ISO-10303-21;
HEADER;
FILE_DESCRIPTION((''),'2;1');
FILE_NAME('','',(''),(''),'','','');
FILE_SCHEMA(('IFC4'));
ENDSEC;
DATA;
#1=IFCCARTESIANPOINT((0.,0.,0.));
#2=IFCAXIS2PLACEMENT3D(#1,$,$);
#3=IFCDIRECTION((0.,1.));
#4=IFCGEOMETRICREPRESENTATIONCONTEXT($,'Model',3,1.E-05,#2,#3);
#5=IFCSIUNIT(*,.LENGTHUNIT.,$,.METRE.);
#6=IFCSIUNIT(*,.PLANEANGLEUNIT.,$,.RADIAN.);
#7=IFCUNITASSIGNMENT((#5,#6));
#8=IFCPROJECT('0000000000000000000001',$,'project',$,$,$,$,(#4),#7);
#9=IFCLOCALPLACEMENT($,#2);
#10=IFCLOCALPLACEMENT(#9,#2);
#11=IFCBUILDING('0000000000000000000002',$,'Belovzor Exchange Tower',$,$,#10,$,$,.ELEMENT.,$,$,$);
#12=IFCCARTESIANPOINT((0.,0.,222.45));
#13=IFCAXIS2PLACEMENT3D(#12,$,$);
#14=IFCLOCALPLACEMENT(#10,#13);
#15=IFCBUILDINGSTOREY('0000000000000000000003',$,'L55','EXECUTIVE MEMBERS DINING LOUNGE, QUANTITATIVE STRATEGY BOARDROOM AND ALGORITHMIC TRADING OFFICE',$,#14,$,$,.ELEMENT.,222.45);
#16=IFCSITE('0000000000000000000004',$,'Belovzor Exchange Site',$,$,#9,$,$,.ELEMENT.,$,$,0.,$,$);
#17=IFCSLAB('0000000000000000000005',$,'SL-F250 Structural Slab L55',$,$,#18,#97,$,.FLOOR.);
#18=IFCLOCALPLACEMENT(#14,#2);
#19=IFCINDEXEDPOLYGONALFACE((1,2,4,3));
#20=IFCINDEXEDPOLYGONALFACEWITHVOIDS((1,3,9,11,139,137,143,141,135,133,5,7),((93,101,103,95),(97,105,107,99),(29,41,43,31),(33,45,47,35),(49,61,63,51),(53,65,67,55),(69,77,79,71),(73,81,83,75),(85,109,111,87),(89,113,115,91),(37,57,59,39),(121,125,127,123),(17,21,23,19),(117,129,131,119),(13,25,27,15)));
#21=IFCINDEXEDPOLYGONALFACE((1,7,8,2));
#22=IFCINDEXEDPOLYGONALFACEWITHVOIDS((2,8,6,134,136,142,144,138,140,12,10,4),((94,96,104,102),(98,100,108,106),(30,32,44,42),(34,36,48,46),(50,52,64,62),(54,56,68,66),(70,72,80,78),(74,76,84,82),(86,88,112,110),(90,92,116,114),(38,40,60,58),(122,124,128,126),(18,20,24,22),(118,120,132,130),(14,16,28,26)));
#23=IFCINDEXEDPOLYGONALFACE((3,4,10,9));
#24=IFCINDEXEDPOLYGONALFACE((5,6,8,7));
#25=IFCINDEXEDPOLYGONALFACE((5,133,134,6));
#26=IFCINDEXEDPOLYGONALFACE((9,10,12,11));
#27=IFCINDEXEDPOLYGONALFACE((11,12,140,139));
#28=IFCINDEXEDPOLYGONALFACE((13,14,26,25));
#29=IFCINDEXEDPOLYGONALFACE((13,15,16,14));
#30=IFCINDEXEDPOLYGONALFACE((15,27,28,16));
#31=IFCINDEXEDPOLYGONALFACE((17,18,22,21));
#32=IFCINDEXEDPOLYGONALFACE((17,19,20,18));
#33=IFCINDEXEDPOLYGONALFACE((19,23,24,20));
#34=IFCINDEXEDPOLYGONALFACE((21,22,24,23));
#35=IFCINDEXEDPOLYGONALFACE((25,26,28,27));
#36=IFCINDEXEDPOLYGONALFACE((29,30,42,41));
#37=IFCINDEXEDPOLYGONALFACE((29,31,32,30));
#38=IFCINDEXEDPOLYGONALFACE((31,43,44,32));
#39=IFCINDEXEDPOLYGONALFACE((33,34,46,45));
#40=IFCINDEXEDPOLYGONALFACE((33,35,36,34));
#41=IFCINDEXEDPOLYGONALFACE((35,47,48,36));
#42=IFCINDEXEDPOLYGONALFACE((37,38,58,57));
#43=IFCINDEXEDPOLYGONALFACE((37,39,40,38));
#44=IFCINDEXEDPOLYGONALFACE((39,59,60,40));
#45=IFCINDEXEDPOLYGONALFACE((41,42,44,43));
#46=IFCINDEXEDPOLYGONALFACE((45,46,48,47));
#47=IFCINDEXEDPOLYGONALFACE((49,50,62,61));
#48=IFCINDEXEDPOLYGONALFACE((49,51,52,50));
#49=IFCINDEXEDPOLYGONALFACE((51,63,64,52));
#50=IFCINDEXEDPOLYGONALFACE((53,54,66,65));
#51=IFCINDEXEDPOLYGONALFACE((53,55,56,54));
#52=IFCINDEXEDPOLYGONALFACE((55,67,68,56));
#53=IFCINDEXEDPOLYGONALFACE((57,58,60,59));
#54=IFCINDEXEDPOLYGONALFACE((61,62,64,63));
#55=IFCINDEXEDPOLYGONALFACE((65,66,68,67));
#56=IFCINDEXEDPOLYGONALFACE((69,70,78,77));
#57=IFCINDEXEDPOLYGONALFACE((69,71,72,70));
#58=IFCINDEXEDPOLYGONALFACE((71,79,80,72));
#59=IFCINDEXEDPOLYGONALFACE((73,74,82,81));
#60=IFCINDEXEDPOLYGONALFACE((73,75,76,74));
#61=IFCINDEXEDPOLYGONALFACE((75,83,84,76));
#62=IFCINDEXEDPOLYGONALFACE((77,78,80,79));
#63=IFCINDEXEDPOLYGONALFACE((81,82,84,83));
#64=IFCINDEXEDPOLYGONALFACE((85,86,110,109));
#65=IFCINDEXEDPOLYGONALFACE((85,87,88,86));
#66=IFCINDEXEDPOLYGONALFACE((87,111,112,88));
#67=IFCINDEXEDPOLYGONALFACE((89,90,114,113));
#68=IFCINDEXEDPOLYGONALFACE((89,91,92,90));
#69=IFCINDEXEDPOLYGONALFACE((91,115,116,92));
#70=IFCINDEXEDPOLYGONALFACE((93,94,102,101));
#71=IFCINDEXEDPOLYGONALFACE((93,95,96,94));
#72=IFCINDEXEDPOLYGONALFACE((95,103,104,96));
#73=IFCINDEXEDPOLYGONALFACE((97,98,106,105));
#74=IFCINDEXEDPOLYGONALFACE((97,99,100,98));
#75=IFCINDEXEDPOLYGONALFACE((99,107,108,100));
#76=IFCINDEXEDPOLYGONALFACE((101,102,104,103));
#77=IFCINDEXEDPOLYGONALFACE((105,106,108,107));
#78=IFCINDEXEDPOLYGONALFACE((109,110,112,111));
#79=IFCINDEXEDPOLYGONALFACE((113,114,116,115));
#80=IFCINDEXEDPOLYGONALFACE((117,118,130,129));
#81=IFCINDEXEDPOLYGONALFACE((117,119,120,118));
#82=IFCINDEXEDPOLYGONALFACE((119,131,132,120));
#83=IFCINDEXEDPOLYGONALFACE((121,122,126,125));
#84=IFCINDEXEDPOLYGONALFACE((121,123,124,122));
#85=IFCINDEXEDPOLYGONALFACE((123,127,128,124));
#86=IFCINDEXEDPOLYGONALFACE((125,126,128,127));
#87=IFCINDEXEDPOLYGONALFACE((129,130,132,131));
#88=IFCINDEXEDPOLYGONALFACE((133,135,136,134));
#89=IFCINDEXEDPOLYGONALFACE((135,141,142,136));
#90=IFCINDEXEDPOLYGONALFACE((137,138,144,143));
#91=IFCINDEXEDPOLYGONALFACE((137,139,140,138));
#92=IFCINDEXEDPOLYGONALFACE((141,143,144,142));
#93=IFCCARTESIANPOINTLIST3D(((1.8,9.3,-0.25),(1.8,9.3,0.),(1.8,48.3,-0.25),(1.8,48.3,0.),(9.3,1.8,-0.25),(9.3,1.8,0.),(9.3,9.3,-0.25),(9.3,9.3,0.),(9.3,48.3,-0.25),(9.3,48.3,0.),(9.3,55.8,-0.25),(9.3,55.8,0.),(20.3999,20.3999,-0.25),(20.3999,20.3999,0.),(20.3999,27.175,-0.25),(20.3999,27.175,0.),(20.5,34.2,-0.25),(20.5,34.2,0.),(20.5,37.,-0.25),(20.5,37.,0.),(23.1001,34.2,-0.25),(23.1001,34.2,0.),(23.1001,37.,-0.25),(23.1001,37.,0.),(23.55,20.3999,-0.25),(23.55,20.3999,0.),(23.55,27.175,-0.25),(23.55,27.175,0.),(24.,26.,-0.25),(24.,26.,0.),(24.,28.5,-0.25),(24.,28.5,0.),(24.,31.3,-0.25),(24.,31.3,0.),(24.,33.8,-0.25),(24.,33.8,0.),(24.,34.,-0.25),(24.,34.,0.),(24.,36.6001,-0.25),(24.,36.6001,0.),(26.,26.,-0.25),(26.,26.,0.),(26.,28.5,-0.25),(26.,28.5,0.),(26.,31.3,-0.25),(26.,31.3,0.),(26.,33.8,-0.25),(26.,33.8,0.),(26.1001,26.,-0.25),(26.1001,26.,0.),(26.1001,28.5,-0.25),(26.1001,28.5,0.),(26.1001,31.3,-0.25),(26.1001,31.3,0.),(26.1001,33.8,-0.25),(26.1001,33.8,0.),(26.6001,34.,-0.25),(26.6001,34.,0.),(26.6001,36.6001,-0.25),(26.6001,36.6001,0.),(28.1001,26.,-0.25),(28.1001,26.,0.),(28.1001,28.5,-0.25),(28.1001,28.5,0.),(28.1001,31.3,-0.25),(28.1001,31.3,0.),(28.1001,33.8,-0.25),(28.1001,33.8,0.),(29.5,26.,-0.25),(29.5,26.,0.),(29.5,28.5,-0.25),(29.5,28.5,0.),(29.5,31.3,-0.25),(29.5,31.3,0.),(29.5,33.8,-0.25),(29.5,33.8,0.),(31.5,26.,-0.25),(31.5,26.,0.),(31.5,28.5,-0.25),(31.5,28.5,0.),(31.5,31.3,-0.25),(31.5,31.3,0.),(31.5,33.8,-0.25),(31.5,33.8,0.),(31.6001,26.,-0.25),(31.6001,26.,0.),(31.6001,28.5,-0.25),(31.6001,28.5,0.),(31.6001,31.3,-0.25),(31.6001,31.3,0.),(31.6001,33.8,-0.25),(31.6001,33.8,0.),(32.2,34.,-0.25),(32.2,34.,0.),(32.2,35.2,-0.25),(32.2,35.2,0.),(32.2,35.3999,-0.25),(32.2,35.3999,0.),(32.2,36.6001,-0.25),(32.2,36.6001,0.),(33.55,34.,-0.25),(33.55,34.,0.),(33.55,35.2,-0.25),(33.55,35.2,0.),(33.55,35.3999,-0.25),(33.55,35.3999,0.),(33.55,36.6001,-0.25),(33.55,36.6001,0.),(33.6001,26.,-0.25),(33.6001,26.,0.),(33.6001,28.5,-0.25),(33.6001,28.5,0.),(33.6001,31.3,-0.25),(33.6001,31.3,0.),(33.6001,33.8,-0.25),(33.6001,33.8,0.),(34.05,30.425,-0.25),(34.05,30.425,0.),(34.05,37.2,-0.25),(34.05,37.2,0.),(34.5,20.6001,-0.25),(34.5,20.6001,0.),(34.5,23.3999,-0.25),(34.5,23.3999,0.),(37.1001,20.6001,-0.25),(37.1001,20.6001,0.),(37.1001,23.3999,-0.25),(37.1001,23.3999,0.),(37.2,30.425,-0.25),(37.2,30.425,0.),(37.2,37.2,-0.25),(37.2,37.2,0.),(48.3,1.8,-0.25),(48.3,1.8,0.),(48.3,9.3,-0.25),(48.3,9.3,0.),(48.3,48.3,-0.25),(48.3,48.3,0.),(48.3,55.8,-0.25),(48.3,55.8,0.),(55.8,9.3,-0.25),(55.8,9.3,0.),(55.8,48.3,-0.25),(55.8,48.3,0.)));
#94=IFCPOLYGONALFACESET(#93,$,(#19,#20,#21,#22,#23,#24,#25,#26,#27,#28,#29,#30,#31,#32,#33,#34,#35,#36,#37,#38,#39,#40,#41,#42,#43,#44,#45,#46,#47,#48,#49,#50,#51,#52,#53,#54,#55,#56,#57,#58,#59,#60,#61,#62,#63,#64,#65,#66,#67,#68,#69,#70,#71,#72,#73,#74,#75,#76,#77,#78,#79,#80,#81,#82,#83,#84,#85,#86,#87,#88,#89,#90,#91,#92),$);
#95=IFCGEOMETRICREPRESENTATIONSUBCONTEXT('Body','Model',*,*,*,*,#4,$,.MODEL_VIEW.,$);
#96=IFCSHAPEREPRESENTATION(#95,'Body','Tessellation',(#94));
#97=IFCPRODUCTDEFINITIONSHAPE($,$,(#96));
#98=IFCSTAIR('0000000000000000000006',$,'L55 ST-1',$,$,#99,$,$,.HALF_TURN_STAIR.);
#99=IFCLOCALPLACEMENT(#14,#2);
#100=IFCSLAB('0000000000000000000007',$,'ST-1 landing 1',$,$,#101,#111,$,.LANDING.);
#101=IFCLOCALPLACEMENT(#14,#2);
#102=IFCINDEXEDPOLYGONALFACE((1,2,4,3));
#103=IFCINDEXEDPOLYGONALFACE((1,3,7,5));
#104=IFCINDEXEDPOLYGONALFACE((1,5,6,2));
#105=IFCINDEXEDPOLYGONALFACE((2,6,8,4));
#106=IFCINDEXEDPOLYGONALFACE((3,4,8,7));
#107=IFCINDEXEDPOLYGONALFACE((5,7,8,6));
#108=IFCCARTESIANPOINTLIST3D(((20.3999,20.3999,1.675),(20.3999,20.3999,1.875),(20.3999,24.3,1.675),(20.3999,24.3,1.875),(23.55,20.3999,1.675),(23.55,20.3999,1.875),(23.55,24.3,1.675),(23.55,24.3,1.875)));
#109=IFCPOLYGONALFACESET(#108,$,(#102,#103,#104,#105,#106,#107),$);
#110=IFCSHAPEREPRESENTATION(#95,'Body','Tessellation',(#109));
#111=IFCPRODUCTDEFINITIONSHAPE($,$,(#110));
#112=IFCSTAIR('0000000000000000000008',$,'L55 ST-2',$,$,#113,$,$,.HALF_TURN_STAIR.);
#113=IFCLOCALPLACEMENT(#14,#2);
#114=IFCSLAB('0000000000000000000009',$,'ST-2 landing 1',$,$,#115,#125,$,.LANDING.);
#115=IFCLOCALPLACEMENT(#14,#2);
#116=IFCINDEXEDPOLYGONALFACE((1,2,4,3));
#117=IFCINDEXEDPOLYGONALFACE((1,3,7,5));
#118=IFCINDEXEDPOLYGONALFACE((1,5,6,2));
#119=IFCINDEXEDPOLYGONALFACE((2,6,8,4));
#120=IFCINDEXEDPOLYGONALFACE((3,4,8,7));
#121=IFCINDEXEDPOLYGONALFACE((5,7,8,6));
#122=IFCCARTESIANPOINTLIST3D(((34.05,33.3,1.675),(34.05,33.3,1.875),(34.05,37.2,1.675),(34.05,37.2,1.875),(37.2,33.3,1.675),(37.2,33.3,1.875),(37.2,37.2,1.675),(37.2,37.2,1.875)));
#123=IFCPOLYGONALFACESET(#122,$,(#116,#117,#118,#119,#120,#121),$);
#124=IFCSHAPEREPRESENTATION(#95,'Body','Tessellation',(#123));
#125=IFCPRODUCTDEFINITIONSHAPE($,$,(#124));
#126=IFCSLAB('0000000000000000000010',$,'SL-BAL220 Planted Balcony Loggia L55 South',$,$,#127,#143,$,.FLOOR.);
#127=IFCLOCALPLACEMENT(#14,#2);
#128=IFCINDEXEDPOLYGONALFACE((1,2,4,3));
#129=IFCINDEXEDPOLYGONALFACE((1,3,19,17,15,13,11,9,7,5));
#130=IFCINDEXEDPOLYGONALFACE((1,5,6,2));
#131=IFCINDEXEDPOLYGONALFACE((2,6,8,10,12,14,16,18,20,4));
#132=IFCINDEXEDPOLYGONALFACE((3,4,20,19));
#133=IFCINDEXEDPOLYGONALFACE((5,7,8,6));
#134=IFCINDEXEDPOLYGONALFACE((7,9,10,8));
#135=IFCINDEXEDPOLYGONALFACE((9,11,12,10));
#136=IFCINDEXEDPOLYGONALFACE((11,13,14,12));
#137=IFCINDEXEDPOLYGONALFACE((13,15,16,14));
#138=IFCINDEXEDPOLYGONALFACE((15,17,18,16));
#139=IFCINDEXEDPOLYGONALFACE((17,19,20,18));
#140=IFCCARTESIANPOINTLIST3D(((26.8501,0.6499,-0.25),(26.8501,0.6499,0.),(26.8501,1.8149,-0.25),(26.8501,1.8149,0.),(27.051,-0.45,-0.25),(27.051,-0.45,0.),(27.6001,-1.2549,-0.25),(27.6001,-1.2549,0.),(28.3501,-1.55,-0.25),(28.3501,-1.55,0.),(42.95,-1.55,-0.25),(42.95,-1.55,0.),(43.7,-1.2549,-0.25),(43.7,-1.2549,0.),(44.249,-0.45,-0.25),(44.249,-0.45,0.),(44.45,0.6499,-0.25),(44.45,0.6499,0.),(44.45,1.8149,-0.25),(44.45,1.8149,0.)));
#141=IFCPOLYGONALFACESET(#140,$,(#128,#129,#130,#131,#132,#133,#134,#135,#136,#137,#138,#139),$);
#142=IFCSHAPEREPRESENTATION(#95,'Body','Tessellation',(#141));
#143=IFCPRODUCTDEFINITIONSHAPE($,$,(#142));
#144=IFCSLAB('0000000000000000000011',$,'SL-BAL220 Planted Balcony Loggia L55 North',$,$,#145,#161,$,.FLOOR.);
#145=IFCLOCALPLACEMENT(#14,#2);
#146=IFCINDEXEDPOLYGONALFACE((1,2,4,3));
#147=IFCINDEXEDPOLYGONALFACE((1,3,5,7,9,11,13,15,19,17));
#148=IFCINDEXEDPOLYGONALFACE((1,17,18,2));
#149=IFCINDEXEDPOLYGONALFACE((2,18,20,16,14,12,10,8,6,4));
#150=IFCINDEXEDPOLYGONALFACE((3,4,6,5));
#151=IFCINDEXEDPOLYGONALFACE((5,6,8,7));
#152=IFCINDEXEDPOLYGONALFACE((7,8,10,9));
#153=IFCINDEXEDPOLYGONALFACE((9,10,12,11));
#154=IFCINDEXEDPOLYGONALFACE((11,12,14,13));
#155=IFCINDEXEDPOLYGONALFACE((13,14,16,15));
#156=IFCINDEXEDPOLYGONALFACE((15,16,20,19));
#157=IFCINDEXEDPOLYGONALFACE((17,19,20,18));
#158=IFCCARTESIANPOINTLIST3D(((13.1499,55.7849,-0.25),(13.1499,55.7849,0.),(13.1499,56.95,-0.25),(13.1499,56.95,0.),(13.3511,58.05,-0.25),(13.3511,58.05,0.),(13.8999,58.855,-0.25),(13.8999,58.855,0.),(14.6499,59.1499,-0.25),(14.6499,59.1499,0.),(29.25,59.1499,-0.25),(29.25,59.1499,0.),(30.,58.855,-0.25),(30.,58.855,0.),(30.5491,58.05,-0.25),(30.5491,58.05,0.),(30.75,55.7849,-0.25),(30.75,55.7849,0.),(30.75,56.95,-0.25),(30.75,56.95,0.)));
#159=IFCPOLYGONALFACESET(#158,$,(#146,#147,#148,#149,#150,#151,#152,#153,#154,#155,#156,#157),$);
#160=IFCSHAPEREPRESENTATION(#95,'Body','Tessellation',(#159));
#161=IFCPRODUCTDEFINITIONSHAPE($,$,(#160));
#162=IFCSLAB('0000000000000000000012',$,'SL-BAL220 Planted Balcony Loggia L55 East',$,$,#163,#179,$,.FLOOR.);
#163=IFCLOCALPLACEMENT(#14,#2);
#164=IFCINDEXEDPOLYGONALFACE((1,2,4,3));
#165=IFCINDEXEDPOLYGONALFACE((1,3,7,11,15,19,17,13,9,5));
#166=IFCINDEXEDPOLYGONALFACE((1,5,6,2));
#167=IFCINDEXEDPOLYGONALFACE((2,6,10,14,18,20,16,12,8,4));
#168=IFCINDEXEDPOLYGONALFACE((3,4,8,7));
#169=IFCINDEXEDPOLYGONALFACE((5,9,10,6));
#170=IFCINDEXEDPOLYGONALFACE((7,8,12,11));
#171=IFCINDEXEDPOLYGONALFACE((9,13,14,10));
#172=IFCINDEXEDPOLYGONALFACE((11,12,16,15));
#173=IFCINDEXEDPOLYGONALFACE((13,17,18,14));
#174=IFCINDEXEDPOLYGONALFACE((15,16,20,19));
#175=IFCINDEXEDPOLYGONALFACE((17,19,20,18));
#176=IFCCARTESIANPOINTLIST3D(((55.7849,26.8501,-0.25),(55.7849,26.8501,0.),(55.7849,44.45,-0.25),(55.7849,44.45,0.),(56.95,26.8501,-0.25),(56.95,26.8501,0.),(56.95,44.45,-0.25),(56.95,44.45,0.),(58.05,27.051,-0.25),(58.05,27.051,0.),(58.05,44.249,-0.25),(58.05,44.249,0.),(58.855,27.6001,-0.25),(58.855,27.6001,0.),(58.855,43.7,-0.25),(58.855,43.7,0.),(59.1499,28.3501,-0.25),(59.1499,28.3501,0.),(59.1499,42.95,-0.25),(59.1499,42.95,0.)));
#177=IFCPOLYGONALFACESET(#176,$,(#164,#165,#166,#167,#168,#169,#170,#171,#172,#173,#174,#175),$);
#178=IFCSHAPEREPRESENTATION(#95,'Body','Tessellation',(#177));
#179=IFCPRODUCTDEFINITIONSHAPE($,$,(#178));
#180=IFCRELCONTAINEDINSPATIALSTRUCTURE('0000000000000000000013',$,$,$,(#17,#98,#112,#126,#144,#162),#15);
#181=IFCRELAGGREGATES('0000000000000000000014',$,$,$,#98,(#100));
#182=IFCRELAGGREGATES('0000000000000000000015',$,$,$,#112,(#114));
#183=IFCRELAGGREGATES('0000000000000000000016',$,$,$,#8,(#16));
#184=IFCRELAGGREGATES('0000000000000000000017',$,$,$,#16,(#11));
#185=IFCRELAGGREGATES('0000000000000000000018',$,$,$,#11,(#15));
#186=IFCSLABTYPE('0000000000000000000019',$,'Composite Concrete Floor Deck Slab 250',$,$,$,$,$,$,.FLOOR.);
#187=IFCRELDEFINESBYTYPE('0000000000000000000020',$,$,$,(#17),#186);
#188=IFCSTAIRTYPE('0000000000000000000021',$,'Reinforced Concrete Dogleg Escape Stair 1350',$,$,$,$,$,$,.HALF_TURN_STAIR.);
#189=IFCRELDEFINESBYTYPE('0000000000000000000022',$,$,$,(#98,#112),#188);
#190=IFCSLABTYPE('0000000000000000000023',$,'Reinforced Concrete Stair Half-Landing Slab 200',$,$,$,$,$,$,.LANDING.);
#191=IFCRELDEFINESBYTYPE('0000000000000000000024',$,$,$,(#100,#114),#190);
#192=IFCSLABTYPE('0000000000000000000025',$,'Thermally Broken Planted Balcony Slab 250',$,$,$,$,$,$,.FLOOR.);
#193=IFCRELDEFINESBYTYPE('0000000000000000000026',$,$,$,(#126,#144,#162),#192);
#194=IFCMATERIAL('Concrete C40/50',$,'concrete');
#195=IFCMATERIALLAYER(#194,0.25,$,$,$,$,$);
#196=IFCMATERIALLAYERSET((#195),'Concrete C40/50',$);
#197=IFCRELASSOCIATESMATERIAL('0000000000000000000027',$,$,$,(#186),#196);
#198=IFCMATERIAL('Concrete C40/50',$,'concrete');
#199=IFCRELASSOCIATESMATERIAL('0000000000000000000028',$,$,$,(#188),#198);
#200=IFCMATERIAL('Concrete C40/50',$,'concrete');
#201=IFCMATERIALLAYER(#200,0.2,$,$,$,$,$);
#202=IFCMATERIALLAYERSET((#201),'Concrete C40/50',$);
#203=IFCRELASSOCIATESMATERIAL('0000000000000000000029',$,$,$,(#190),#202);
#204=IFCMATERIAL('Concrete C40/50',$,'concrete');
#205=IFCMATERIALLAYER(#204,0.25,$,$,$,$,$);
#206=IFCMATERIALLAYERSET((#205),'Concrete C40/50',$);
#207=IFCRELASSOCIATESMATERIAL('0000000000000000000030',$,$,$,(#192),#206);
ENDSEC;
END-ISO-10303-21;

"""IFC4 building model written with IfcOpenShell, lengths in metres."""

from ifc_helpers import new_model, si_unit, direction, frame, origin, place, context, subcontext, project, spatial, polyline, outline, extrude, material, layer, layer_set, type_object, element, aggregate, save


model = new_model("IFC4")

# Units and contexts
model_context = context("Model", 3, precision=1e-05, world=origin(), true_north=direction((0.0, 1.0)))
body_context = subcontext(model_context, "Body", "Model", "MODEL_VIEW")
ifc_project = project(units=[si_unit("LENGTHUNIT", "METRE"), si_unit("PLANEANGLEUNIT", "RADIAN")], contexts=[model_context])

# Site, building, storey
site_placement = place(None, origin())
site = spatial("IfcSite", under=ifc_project, at=site_placement, Name="Belovzor Exchange Site", CompositionType="ELEMENT", RefElevation=0.0)
building_placement = place(site_placement, origin())
building = spatial("IfcBuilding", under=site, at=building_placement, Name="Belovzor Exchange Tower", CompositionType="ELEMENT")
storey_placement = place(building_placement, frame((0.0, 0.0, 222.45)))
storey = spatial("IfcBuildingStorey", under=building, at=storey_placement, Name="L55", Description="EXECUTIVE MEMBERS DINING LOUNGE, QUANTITATIVE STRATEGY BOARDROOM AND ALGORITHMIC TRADING OFFICE", CompositionType="ELEMENT", Elevation=222.45)

# Slab
ifc_material_1 = material(Name="Concrete C40/50", Category="concrete")
ifc_layer_1 = layer(ifc_material_1, 0.25)
ifc_layer_set_1 = layer_set([ifc_layer_1], Name="Concrete C40/50")
slab_type_1 = type_object("IfcSlabType", Name="Composite Concrete Floor Deck Slab 250", PredefinedType="FLOOR", material=ifc_layer_set_1)
slab_1_placement = place(storey_placement, frame((0.0, 0.0, -0.25)))
element("IfcSlab", 1, at=slab_1_placement, inside=storey, type_object=slab_type_1, Name="SL-F250 Structural Slab L55", PredefinedType="FLOOR", context=body_context, shape_type="SweptSolid", body=[
    extrude(outline(polyline([(9.3, 1.8), (48.3, 1.8), (48.3, 9.3), (55.8, 9.3), (55.8, 48.3), (48.3, 48.3), (48.3, 55.8), (9.3, 55.8), (9.3, 48.3), (1.8, 48.3), (1.8, 9.3), (9.3, 9.3), (9.3, 1.8)]), holes=[polyline([(20.3999, 27.175), (20.3999, 20.3999), (23.55, 20.3999), (23.55, 27.175), (20.3999, 27.175)]), polyline([(37.2, 30.425), (37.2, 37.2), (34.05, 37.2), (34.05, 30.425), (37.2, 30.425)]), polyline([(20.5, 34.2), (23.1001, 34.2), (23.1001, 37.0), (20.5, 37.0), (20.5, 34.2)]), polyline([(34.5, 20.6001), (37.1001, 20.6001), (37.1001, 23.3999), (34.5, 23.3999), (34.5, 20.6001)]), polyline([(24.0, 34.0), (26.6001, 34.0), (26.6001, 36.6001), (24.0, 36.6001), (24.0, 34.0)]), polyline([(24.0, 26.0), (26.0, 26.0), (26.0, 28.5), (24.0, 28.5), (24.0, 26.0)]), polyline([(26.1001, 26.0), (28.1001, 26.0), (28.1001, 28.5), (26.1001, 28.5), (26.1001, 26.0)]), polyline([(29.5, 26.0), (31.5, 26.0), (31.5, 28.5), (29.5, 28.5), (29.5, 26.0)]), polyline([(31.6001, 26.0), (33.6001, 26.0), (33.6001, 28.5), (31.6001, 28.5), (31.6001, 26.0)]), polyline([(24.0, 31.3), (26.0, 31.3), (26.0, 33.8), (24.0, 33.8), (24.0, 31.3)]), polyline([(26.1001, 31.3), (28.1001, 31.3), (28.1001, 33.8), (26.1001, 33.8), (26.1001, 31.3)]), polyline([(29.5, 31.3), (31.5, 31.3), (31.5, 33.8), (29.5, 33.8), (29.5, 31.3)]), polyline([(31.6001, 31.3), (33.6001, 31.3), (33.6001, 33.8), (31.6001, 33.8), (31.6001, 31.3)]), polyline([(32.2, 34.0), (33.55, 34.0), (33.55, 35.2), (32.2, 35.2), (32.2, 34.0)]), polyline([(32.2, 35.3999), (33.55, 35.3999), (33.55, 36.6001), (32.2, 36.6001), (32.2, 35.3999)])]), origin(), (0.0, 0.0, 1.0), 0.25),
])

# Stairs, slabs
ifc_material_2 = material(Name="Concrete C40/50", Category="concrete")
stair_type = type_object("IfcStairType", Name="Reinforced Concrete Dogleg Escape Stair 1350", PredefinedType="HALF_TURN_STAIR", material=ifc_material_2)
stair_1_placement = place(storey_placement, origin())
stair_1 = element("IfcStair", 2, at=stair_1_placement, inside=storey, type_object=stair_type, Name="L55 ST-1", PredefinedType="HALF_TURN_STAIR")
ifc_material_3 = material(Name="Concrete C40/50", Category="concrete")
ifc_layer_2 = layer(ifc_material_3, 0.2)
ifc_layer_set_2 = layer_set([ifc_layer_2], Name="Concrete C40/50")
slab_type_2 = type_object("IfcSlabType", Name="Reinforced Concrete Stair Half-Landing Slab 200", PredefinedType="LANDING", material=ifc_layer_set_2)
slab_2_placement = place(storey_placement, frame((0.0, 0.0, 1.675)))
slab_2 = element("IfcSlab", 3, at=slab_2_placement, type_object=slab_type_2, Name="ST-1 landing 1", PredefinedType="LANDING", context=body_context, shape_type="SweptSolid", body=[
    extrude(outline(polyline([(20.3999, 24.3), (20.3999, 20.3999), (23.55, 20.3999), (23.55, 24.3), (20.3999, 24.3)])), origin(), (0.0, 0.0, 1.0), 0.2),
])
aggregate(stair_1, [slab_2])
stair_2_placement = place(storey_placement, origin())
stair_2 = element("IfcStair", 4, at=stair_2_placement, inside=storey, type_object=stair_type, Name="L55 ST-2", PredefinedType="HALF_TURN_STAIR")
slab_3_placement = place(storey_placement, frame((0.0, 0.0, 1.675)))
slab_3 = element("IfcSlab", 5, at=slab_3_placement, type_object=slab_type_2, Name="ST-2 landing 1", PredefinedType="LANDING", context=body_context, shape_type="SweptSolid", body=[
    extrude(outline(polyline([(37.2, 33.3), (37.2, 37.2), (34.05, 37.2), (34.05, 33.3), (37.2, 33.3)])), origin(), (0.0, 0.0, 1.0), 0.2),
])
aggregate(stair_2, [slab_3])

# Slabs
ifc_material_4 = material(Name="Concrete C40/50", Category="concrete")
ifc_layer_3 = layer(ifc_material_4, 0.25)
ifc_layer_set_3 = layer_set([ifc_layer_3], Name="Concrete C40/50")
slab_type_3 = type_object("IfcSlabType", Name="Thermally Broken Planted Balcony Slab 250", PredefinedType="FLOOR", material=ifc_layer_set_3)
slab_4_placement = place(storey_placement, frame((0.0, 0.0, -0.25)))
element("IfcSlab", 6, at=slab_4_placement, inside=storey, type_object=slab_type_3, Name="SL-BAL220 Planted Balcony Loggia L55 South", PredefinedType="FLOOR", context=body_context, shape_type="SweptSolid", body=[
    extrude(outline(polyline([(26.8501, 1.8149), (26.8501, 0.6499), (27.051, -0.45), (27.6001, -1.2549), (28.3501, -1.55), (42.95, -1.55), (43.7, -1.2549), (44.249, -0.45), (44.45, 0.6499), (44.45, 1.8149), (26.8501, 1.8149)])), origin(), (0.0, 0.0, 1.0), 0.25),
])
slab_5_placement = place(storey_placement, frame((0.0, 0.0, -0.25)))
element("IfcSlab", 7, at=slab_5_placement, inside=storey, type_object=slab_type_3, Name="SL-BAL220 Planted Balcony Loggia L55 North", PredefinedType="FLOOR", context=body_context, shape_type="SweptSolid", body=[
    extrude(outline(polyline([(30.75, 55.7849), (30.75, 56.95), (30.5491, 58.05), (30.0, 58.855), (29.25, 59.1499), (14.6499, 59.1499), (13.8999, 58.855), (13.3511, 58.05), (13.1499, 56.95), (13.1499, 55.7849), (30.75, 55.7849)])), origin(), (0.0, 0.0, 1.0), 0.25),
])
slab_6_placement = place(storey_placement, frame((0.0, 0.0, -0.25)))
element("IfcSlab", 8, at=slab_6_placement, inside=storey, type_object=slab_type_3, Name="SL-BAL220 Planted Balcony Loggia L55 East", PredefinedType="FLOOR", context=body_context, shape_type="SweptSolid", body=[
    extrude(outline(polyline([(55.7849, 26.8501), (56.95, 26.8501), (58.05, 27.051), (58.855, 27.6001), (59.1499, 28.3501), (59.1499, 42.95), (58.855, 43.7), (58.05, 44.249), (56.95, 44.45), (55.7849, 44.45), (55.7849, 26.8501)])), origin(), (0.0, 0.0, 1.0), 0.25),
])

save(model, "model.ifc")
